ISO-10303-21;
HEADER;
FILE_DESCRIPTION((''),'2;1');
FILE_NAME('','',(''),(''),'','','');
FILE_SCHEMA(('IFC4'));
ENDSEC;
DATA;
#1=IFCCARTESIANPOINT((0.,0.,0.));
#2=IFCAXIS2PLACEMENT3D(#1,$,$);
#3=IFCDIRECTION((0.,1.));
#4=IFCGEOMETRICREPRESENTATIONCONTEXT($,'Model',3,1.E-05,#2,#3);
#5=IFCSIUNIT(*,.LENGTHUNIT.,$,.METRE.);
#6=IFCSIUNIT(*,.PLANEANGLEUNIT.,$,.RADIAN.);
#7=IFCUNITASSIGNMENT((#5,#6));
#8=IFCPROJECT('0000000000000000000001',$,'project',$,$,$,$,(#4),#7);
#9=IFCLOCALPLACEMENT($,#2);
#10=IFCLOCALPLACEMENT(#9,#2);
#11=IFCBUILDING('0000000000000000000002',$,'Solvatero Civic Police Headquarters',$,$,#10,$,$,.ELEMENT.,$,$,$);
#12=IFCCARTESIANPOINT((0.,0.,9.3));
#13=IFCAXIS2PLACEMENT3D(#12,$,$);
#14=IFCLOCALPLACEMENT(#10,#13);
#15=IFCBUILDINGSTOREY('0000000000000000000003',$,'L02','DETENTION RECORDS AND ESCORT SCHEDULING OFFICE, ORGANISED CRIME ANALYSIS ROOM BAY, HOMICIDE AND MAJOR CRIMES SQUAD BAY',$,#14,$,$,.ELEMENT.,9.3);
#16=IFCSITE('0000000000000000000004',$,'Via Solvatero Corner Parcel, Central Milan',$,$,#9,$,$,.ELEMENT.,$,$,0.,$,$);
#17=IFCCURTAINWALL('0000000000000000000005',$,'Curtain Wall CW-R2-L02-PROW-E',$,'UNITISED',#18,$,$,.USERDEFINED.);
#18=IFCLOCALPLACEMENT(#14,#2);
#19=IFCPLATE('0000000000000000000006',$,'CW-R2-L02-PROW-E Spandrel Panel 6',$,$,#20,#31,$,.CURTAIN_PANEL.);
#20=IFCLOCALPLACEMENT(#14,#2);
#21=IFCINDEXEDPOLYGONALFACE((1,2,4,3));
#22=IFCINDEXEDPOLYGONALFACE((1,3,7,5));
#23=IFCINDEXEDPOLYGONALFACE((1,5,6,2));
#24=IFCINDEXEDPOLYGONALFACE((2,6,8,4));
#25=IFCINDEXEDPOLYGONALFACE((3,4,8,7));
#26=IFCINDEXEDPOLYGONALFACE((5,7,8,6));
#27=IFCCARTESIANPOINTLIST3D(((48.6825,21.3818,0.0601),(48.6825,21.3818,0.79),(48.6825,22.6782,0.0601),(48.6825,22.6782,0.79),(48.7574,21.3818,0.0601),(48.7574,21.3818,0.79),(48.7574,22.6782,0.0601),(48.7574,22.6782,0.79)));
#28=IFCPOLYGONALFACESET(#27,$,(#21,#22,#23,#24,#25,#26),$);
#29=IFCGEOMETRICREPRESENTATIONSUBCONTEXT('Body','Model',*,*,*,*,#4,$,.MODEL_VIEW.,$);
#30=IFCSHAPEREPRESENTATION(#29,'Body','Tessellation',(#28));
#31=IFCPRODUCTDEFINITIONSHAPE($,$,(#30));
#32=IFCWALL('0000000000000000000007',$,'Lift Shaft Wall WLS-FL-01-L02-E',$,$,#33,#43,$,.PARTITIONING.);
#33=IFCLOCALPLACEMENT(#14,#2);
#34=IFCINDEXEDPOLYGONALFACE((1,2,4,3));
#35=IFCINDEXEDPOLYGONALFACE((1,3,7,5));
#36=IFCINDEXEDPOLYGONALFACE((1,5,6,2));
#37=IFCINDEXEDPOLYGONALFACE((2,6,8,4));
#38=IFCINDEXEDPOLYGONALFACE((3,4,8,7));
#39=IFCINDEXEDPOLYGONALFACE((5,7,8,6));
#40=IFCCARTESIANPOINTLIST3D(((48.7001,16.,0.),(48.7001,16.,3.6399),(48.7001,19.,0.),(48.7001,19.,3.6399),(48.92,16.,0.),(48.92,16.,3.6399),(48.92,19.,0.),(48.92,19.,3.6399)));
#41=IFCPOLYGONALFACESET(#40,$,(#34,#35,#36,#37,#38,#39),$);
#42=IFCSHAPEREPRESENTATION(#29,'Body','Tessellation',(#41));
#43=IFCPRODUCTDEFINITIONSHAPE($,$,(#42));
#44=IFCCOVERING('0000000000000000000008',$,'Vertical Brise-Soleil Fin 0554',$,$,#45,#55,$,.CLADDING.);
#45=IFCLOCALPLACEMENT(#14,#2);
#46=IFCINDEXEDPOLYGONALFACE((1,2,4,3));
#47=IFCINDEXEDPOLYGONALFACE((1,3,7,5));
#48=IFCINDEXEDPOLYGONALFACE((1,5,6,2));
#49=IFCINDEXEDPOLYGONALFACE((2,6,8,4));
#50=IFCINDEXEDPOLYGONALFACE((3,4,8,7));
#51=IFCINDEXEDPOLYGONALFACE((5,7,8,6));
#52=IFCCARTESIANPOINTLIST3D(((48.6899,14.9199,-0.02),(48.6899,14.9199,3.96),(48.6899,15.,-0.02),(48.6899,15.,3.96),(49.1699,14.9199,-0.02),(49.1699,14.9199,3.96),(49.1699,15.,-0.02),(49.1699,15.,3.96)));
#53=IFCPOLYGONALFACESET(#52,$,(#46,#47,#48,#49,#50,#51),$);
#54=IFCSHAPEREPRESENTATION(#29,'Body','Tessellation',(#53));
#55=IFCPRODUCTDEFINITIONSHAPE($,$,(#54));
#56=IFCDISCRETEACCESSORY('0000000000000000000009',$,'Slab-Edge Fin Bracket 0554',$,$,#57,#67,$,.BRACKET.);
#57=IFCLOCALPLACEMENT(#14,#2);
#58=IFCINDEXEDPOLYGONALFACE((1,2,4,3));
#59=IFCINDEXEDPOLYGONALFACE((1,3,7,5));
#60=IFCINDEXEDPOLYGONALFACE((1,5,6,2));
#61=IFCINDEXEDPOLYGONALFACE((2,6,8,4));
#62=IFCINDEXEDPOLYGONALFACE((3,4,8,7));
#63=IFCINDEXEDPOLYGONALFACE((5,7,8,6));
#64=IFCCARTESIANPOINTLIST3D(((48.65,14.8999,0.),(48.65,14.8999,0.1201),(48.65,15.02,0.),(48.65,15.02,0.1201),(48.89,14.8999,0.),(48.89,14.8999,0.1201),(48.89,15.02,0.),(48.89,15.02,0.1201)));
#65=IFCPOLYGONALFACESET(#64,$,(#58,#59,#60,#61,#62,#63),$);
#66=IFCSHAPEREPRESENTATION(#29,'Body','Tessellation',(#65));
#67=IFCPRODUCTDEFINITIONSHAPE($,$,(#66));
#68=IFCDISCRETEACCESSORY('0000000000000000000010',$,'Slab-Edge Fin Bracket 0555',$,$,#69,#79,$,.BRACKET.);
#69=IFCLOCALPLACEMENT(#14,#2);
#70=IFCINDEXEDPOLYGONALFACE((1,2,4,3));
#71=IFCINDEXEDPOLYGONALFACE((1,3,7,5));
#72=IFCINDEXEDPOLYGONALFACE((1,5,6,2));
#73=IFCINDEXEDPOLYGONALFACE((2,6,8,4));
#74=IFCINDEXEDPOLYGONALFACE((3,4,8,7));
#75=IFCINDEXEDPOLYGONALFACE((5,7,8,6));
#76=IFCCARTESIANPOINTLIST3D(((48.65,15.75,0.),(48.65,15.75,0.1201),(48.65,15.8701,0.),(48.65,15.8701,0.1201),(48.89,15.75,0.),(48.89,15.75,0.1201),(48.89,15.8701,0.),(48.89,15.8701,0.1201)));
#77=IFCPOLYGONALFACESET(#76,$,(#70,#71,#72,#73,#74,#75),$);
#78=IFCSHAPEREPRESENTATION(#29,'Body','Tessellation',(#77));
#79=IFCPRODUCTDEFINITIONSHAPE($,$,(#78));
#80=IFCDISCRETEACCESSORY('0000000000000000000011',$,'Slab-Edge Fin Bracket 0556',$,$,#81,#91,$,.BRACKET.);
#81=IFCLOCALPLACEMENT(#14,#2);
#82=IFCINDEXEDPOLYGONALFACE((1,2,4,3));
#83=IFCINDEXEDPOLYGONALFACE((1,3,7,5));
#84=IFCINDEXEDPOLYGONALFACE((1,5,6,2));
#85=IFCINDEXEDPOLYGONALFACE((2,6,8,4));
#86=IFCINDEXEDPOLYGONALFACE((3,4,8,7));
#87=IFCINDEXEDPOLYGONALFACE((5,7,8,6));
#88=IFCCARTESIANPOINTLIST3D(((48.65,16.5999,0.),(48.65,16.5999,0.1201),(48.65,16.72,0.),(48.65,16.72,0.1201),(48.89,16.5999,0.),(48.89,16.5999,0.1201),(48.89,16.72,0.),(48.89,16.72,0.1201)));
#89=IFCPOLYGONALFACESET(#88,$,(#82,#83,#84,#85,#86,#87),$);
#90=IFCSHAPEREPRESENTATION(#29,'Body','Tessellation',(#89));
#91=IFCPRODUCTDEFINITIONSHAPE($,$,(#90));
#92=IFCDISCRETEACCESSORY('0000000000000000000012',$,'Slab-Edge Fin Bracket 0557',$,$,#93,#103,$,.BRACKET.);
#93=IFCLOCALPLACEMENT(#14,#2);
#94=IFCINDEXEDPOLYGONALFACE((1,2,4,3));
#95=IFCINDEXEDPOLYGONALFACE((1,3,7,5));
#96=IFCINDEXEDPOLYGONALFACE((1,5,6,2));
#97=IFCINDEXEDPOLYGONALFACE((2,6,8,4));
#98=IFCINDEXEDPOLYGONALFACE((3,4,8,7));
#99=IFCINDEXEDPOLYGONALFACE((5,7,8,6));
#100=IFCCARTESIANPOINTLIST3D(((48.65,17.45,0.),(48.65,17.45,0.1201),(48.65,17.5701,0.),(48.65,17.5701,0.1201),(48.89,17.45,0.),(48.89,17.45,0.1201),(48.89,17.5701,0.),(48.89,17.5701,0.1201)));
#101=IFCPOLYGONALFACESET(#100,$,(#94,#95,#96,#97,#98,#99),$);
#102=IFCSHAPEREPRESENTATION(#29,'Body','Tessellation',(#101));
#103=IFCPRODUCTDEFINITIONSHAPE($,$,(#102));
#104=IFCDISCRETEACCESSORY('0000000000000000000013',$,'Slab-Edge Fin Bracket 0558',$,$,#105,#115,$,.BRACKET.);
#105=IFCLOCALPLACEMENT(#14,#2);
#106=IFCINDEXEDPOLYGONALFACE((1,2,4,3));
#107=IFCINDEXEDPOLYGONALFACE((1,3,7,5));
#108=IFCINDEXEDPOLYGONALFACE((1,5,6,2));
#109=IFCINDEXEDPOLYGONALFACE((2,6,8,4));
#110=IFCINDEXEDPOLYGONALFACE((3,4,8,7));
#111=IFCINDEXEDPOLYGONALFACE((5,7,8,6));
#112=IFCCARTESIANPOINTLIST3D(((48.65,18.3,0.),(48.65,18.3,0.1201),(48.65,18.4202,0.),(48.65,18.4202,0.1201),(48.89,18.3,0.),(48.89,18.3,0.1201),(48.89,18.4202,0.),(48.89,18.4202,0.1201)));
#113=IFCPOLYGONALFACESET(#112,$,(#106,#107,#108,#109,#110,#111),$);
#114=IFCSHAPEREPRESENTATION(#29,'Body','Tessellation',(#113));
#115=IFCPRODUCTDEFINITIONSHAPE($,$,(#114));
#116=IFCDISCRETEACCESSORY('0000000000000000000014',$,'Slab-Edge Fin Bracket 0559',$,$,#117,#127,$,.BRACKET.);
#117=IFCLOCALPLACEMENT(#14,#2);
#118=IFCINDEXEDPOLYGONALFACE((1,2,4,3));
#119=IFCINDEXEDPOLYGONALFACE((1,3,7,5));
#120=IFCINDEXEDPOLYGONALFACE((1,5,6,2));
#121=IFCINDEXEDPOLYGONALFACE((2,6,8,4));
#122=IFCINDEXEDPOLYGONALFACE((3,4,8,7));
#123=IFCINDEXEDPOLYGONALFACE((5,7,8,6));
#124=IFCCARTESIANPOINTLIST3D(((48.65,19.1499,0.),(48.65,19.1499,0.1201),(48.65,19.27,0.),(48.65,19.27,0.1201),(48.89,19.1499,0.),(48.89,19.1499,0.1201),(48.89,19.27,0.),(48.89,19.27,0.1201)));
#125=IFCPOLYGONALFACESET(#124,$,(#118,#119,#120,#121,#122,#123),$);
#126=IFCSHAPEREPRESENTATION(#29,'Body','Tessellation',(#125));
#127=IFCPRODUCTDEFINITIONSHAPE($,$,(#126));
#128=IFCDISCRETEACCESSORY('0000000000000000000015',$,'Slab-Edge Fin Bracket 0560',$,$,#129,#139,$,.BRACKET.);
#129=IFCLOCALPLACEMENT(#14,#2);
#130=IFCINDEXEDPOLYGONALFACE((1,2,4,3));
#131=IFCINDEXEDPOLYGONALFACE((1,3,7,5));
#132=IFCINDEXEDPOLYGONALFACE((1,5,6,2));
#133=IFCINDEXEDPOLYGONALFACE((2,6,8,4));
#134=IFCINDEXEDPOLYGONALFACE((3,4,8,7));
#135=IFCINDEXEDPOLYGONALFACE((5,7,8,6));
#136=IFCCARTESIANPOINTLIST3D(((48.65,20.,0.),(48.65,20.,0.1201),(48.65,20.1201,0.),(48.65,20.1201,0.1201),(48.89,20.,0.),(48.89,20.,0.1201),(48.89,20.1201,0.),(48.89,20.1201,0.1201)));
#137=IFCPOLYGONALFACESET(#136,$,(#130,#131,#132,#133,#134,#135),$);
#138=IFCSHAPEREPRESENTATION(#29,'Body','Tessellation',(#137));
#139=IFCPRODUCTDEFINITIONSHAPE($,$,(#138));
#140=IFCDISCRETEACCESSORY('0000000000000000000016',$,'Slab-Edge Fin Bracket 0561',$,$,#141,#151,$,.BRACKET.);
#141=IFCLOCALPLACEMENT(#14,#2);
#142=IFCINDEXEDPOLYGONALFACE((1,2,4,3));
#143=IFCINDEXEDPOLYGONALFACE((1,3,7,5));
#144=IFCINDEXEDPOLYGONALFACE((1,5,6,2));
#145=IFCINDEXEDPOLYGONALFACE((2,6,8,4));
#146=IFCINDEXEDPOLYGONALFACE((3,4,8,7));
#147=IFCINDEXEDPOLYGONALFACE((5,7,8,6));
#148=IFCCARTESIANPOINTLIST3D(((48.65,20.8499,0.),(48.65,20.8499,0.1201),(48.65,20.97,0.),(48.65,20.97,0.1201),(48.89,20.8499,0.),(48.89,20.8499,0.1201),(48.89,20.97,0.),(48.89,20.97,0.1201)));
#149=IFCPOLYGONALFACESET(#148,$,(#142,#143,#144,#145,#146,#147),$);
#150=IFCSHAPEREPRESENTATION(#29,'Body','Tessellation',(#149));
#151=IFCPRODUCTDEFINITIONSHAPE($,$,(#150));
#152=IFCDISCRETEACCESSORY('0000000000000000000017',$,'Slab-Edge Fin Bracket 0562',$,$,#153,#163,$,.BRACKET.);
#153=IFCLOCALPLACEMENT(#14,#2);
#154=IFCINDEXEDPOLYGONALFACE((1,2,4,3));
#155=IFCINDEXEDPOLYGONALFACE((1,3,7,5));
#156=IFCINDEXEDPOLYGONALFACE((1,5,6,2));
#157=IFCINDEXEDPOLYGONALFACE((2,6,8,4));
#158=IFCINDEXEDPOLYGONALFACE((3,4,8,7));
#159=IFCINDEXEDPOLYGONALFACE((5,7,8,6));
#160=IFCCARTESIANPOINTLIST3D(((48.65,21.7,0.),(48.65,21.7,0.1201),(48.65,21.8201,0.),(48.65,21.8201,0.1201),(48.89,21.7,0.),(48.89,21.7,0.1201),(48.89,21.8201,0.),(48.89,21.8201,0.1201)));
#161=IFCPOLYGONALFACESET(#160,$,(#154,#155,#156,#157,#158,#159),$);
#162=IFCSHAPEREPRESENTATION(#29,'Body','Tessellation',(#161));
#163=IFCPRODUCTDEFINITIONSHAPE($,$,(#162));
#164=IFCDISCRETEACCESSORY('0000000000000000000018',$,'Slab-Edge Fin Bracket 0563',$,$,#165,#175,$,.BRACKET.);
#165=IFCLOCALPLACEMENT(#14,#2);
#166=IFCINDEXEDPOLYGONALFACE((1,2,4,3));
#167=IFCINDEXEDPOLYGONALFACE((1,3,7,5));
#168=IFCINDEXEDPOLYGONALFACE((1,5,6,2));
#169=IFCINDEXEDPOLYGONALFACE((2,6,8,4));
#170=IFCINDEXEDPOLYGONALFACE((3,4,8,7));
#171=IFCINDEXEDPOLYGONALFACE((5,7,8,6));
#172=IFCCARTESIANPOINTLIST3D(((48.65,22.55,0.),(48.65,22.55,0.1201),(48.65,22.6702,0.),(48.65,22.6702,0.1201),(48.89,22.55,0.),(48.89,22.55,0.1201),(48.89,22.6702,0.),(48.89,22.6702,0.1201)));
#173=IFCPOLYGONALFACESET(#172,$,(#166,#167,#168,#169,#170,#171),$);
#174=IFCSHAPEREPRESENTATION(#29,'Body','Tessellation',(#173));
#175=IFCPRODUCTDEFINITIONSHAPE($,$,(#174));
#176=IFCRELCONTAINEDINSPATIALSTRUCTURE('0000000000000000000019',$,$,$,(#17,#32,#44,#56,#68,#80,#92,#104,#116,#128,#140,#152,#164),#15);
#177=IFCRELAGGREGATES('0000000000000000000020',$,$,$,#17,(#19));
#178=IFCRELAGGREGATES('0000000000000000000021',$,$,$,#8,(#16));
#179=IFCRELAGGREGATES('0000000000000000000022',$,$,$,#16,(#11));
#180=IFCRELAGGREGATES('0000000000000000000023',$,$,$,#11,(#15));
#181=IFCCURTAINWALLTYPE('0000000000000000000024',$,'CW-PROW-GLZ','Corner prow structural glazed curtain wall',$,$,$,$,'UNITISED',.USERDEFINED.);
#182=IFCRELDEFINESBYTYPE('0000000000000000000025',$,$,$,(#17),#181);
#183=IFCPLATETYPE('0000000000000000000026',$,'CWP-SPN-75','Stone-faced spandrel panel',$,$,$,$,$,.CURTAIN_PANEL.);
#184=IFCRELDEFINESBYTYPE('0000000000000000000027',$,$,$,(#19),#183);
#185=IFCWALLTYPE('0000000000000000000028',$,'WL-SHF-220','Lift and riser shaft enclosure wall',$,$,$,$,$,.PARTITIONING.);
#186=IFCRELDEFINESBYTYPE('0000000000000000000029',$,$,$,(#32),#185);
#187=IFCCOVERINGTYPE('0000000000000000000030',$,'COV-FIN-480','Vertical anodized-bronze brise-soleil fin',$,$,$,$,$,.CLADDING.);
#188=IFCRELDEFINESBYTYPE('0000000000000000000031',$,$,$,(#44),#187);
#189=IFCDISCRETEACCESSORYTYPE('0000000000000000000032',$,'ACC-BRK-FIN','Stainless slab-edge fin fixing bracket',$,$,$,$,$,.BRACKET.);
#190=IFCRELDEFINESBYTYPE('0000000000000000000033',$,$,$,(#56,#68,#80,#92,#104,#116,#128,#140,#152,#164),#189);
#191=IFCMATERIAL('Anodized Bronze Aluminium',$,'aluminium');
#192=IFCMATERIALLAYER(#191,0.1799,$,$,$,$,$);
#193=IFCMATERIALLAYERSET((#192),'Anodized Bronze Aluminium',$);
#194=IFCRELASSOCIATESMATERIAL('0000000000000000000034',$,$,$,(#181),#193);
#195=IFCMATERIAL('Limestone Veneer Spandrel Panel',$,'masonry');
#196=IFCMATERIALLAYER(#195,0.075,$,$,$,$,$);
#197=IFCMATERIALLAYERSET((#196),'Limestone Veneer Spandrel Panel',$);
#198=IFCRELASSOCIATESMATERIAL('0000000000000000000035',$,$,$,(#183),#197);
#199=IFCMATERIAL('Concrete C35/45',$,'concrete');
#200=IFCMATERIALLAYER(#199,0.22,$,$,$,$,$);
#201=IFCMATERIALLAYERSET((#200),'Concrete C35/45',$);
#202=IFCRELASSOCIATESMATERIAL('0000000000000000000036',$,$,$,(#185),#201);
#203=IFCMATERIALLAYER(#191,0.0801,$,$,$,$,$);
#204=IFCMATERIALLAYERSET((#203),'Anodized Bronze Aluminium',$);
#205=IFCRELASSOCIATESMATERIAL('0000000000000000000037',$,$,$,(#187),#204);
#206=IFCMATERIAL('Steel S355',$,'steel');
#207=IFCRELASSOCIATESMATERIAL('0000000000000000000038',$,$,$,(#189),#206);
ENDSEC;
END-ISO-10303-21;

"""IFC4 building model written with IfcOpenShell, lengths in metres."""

from ifc_helpers import new_model, si_unit, direction, frame, frame_2d, origin, origin_2d, place, context, subcontext, project, spatial, rectangle, extrude, material, layer, layer_set, type_object, element, aggregate, save


model = new_model("IFC4")

# Units and contexts
model_context = context("Model", 3, precision=1e-05, world=origin(), true_north=direction((0.0, 1.0)))
body_context = subcontext(model_context, "Body", "Model", "MODEL_VIEW")
ifc_project = project(units=[si_unit("LENGTHUNIT", "METRE"), si_unit("PLANEANGLEUNIT", "RADIAN")], contexts=[model_context])

# Site, building, storey
site_placement = place(None, origin())
site = spatial("IfcSite", under=ifc_project, at=site_placement, Name="Via Solvatero Corner Parcel, Central Milan", CompositionType="ELEMENT", RefElevation=0.0)
building_placement = place(site_placement, origin())
building = spatial("IfcBuilding", under=site, at=building_placement, Name="Solvatero Civic Police Headquarters", CompositionType="ELEMENT")
storey_placement = place(building_placement, frame((0.0, 0.0, 9.3)))
storey = spatial("IfcBuildingStorey", under=building, at=storey_placement, Name="L02", Description="DETENTION RECORDS AND ESCORT SCHEDULING OFFICE, ORGANISED CRIME ANALYSIS ROOM BAY, HOMICIDE AND MAJOR CRIMES SQUAD BAY", CompositionType="ELEMENT", Elevation=9.3)

# Curtain wall, plate
ifc_material_1 = material(Name="Anodized Bronze Aluminium", Category="aluminium")
ifc_layer_1 = layer(ifc_material_1, 0.1799)
ifc_layer_set_1 = layer_set([ifc_layer_1], Name="Anodized Bronze Aluminium")
curtain_wall_type = type_object("IfcCurtainWallType", Name="CW-PROW-GLZ", Description="Corner prow structural glazed curtain wall", ElementType="UNITISED", PredefinedType="USERDEFINED", material=ifc_layer_set_1)
curtain_wall_placement = place(storey_placement, origin())
curtain_wall = element("IfcCurtainWall", 1, at=curtain_wall_placement, inside=storey, type_object=curtain_wall_type, Name="Curtain Wall CW-R2-L02-PROW-E", ObjectType="UNITISED", PredefinedType="USERDEFINED")
ifc_material_2 = material(Name="Limestone Veneer Spandrel Panel", Category="masonry")
ifc_layer_2 = layer(ifc_material_2, 0.075)
ifc_layer_set_2 = layer_set([ifc_layer_2], Name="Limestone Veneer Spandrel Panel")
plate_type_1 = type_object("IfcPlateType", Name="CWP-SPN-75", Description="Stone-faced spandrel panel", PredefinedType="CURTAIN_PANEL", material=ifc_layer_set_2)
plate_1_placement = place(storey_placement, frame((48.72, 22.03, 0.0601), z_axis=(0.0, 0.0, 1.0), x_axis=(0.0, 1.0, 0.0)))
plate_1 = element("IfcPlate", 2, at=plate_1_placement, type_object=plate_type_1, Name="CW-R2-L02-PROW-E Spandrel Panel 6", PredefinedType="CURTAIN_PANEL", context=body_context, shape_type="SweptSolid", body=[
    extrude(rectangle(XDim=1.2964, YDim=0.075, at=origin_2d()), origin(), (0.0, 0.0, 1.0), 0.73),
])
aggregate(curtain_wall, [plate_1])

# Wall
ifc_material_3 = material(Name="Concrete C35/45", Category="concrete")
ifc_layer_3 = layer(ifc_material_3, 0.22)
ifc_layer_set_3 = layer_set([ifc_layer_3], Name="Concrete C35/45")
wall_type = type_object("IfcWallType", Name="WL-SHF-220", Description="Lift and riser shaft enclosure wall", PredefinedType="PARTITIONING", material=ifc_layer_set_3)
wall_placement = place(storey_placement, frame((48.8101, 16.0, 0.0), z_axis=(0.0, 0.0, 1.0), x_axis=(0.0, 1.0, 0.0)))
element("IfcWall", 3, at=wall_placement, inside=storey, type_object=wall_type, Name="Lift Shaft Wall WLS-FL-01-L02-E", PredefinedType="PARTITIONING", context=body_context, shape_type="SweptSolid", body=[
    extrude(rectangle(XDim=3.0, YDim=0.22, at=frame_2d((1.5, 0.0))), origin(), (0.0, 0.0, 1.0), 3.6399),
])

# Covering
ifc_layer_4 = layer(ifc_material_1, 0.0801)
ifc_layer_set_4 = layer_set([ifc_layer_4], Name="Anodized Bronze Aluminium")
covering_type = type_object("IfcCoveringType", Name="COV-FIN-480", Description="Vertical anodized-bronze brise-soleil fin", PredefinedType="CLADDING", material=ifc_layer_set_4)
covering_placement = place(storey_placement, frame((48.9299, 14.96, -0.02), z_axis=(0.0, 0.0, 1.0), x_axis=(0.0, 1.0, 0.0)))
element("IfcCovering", 4, at=covering_placement, inside=storey, type_object=covering_type, Name="Vertical Brise-Soleil Fin 0554", PredefinedType="CLADDING", context=body_context, shape_type="SweptSolid", body=[
    extrude(rectangle(XDim=0.0801, YDim=0.48, at=origin_2d()), origin(), (0.0, 0.0, 1.0), 3.98),
])

# Discrete accessories
ifc_material_4 = material(Name="Steel S355", Category="steel")
discrete_accessory_type = type_object("IfcDiscreteAccessoryType", Name="ACC-BRK-FIN", Description="Stainless slab-edge fin fixing bracket", PredefinedType="BRACKET", material=ifc_material_4)
for number, where, z_axis, x_axis, name in (
    (5, (48.77, 14.96, 0.0), (0.0, 0.0, 1.0), (0.0, 1.0, 0.0), "Slab-Edge Fin Bracket 0554"),
    (6, (48.77, 15.8101, 0.0), (0.0, 0.0, 1.0), (0.0, 1.0, 0.0), "Slab-Edge Fin Bracket 0555"),
    (7, (48.77, 16.6599, 0.0), (0.0, 0.0, 1.0), (0.0, 1.0, 0.0), "Slab-Edge Fin Bracket 0556"),
    (8, (48.77, 17.51, 0.0), (0.0, 0.0, 1.0), (0.0, 1.0, 0.0), "Slab-Edge Fin Bracket 0557"),
    (9, (48.77, 18.3601, 0.0), (0.0, 0.0, 1.0), (0.0, 1.0, 0.0), "Slab-Edge Fin Bracket 0558"),
    (10, (48.77, 19.21, 0.0), (0.0, 0.0, 1.0), (0.0, 1.0, 0.0), "Slab-Edge Fin Bracket 0559"),
    (11, (48.77, 20.0601, 0.0), (0.0, 0.0, 1.0), (0.0, 1.0, 0.0), "Slab-Edge Fin Bracket 0560"),
    (12, (48.77, 20.9099, 0.0), (0.0, 0.0, 1.0), (0.0, 1.0, 0.0), "Slab-Edge Fin Bracket 0561"),
    (13, (48.77, 21.76, 0.0), (0.0, 0.0, 1.0), (0.0, 1.0, 0.0), "Slab-Edge Fin Bracket 0562"),
    (14, (48.77, 22.6101, 0.0), (0.0, 0.0, 1.0), (0.0, 1.0, 0.0), "Slab-Edge Fin Bracket 0563"),
):
    element("IfcDiscreteAccessory", number, at=place(storey_placement, frame(where, z_axis=z_axis, x_axis=x_axis)), inside=storey, type_object=discrete_accessory_type, Name=name, PredefinedType="BRACKET", context=body_context, shape_type="SweptSolid", body=[
        extrude(rectangle(XDim=0.1201, YDim=0.24, at=origin_2d()), origin(), (0.0, 0.0, 1.0), 0.1201),
    ])

save(model, "model.ifc")
